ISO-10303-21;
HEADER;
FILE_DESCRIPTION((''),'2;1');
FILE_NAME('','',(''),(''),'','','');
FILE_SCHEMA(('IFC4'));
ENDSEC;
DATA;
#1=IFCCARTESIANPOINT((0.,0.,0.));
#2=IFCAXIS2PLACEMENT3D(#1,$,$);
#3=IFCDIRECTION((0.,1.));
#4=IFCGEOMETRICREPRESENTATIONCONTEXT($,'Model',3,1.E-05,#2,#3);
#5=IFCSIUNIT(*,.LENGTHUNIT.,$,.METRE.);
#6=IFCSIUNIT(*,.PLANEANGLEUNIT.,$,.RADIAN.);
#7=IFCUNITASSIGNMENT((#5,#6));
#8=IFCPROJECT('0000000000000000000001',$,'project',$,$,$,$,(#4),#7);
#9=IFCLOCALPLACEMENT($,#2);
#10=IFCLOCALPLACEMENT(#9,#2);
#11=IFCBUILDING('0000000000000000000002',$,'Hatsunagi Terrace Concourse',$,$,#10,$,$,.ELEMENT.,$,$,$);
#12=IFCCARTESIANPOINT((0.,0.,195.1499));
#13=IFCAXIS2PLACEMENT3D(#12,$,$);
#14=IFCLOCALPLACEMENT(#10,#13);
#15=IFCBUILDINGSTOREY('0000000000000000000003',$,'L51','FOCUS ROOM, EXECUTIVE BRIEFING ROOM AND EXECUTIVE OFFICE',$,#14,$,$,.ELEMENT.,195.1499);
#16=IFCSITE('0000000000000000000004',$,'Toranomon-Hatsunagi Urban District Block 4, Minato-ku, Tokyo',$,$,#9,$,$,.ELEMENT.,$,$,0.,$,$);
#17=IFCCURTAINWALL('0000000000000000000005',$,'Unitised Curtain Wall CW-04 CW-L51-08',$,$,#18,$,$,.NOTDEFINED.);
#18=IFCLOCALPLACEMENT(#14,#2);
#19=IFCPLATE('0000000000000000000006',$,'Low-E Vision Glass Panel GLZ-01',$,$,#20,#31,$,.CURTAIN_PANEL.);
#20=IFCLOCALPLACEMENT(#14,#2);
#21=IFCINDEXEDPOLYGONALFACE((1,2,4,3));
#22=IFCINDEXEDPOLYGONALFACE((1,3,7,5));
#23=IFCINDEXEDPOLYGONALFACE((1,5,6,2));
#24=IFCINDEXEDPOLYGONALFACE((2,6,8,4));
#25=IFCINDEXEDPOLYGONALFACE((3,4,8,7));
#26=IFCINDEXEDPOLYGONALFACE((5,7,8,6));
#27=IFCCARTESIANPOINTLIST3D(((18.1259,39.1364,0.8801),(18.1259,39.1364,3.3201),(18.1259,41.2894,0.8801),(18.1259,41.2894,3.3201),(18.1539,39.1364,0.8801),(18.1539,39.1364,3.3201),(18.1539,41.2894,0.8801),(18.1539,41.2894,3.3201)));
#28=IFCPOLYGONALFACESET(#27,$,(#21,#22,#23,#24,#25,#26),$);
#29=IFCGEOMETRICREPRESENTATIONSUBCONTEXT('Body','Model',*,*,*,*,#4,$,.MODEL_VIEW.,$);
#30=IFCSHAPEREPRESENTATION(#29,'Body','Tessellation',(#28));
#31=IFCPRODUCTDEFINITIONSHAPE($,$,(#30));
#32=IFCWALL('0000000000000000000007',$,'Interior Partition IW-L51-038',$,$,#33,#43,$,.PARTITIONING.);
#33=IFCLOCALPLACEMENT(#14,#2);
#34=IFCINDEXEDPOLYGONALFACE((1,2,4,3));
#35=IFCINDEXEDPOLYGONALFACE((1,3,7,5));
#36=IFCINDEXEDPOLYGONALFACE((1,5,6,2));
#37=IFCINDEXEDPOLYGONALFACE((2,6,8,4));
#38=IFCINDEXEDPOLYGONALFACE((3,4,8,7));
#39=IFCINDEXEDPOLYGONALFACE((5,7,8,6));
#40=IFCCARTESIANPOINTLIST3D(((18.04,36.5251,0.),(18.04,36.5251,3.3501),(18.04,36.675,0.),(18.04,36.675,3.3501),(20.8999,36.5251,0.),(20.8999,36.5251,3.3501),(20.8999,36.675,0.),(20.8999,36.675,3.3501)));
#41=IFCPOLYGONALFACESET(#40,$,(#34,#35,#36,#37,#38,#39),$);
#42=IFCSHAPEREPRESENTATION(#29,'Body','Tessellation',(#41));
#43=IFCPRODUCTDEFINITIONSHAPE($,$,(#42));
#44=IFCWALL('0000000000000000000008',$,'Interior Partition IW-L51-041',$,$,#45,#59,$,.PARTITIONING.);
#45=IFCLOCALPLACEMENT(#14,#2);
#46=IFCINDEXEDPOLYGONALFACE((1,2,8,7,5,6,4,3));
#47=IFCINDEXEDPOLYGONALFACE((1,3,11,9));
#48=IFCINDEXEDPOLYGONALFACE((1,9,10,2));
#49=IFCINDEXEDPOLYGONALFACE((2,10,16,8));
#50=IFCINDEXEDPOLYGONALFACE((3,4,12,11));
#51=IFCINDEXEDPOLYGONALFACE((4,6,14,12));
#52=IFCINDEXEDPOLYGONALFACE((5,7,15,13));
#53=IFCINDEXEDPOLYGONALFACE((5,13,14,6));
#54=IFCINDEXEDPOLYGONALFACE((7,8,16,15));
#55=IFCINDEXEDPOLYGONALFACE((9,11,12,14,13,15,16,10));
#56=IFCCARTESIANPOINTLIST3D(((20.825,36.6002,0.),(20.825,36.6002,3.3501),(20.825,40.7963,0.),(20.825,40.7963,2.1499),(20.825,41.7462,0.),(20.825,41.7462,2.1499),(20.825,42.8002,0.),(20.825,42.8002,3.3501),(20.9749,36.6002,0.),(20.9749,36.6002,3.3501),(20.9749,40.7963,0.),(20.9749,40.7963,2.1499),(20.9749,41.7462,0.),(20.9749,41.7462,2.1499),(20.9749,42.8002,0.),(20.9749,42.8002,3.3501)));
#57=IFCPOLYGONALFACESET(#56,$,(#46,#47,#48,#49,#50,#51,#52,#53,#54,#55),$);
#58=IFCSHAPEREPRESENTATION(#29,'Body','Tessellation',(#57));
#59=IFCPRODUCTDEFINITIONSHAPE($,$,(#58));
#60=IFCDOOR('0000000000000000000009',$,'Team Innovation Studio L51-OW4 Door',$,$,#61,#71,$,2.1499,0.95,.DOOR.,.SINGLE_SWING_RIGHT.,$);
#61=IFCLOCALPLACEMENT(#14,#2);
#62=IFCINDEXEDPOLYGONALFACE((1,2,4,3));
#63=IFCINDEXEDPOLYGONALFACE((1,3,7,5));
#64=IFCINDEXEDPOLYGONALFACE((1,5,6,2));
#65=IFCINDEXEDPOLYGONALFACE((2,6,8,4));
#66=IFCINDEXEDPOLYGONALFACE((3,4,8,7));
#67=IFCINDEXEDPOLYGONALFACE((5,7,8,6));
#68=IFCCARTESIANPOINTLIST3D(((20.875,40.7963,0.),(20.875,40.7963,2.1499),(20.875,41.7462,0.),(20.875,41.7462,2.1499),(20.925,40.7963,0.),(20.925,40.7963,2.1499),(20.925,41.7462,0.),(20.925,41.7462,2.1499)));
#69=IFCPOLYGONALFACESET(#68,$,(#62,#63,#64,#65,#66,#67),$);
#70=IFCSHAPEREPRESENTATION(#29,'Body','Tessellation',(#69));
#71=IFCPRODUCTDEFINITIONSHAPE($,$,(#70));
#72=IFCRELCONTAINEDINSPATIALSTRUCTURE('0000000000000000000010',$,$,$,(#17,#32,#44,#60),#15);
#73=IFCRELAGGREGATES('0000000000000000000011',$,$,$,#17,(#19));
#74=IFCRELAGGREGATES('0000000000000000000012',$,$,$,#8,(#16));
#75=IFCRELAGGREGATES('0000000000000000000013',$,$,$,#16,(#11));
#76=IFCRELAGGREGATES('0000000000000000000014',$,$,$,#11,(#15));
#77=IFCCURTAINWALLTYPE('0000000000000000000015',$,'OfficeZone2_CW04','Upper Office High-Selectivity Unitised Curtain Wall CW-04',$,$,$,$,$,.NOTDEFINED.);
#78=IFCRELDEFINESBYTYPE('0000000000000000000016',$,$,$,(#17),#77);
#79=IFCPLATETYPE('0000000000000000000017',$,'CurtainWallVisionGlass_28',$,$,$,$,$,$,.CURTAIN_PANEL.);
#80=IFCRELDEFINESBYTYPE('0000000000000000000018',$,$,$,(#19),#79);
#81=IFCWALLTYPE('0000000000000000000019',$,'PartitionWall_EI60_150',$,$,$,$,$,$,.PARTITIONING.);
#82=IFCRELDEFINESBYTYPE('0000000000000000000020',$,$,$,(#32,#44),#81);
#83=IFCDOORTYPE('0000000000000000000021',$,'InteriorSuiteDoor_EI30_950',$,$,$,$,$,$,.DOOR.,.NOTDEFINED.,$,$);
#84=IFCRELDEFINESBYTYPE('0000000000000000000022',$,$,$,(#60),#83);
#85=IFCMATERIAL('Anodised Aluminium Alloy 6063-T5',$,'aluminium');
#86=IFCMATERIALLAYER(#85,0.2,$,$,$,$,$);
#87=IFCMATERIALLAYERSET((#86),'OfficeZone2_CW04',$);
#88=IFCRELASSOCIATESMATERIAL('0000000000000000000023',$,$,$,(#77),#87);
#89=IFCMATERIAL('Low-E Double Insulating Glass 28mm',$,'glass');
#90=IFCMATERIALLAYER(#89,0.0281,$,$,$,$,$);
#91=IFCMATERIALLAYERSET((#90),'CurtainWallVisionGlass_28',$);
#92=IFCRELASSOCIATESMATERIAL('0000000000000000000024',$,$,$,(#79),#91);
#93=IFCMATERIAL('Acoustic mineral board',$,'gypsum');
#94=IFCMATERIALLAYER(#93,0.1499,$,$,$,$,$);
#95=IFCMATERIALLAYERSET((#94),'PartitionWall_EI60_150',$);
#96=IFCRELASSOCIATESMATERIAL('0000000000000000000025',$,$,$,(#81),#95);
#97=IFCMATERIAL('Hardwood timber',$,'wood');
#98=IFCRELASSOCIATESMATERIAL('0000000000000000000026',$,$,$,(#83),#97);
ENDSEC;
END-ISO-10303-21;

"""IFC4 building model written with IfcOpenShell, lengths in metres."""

from ifc_helpers import new_model, si_unit, direction, frame, frame_2d, origin, origin_2d, place, context, subcontext, project, spatial, rectangle, extrude, material, layer, layer_set, type_object, element, fill, aggregate, save


model = new_model("IFC4")

# Units and contexts
model_context = context("Model", 3, precision=1e-05, world=origin(), true_north=direction((0.0, 1.0)))
body_context = subcontext(model_context, "Body", "Model", "MODEL_VIEW")
ifc_project = project(units=[si_unit("LENGTHUNIT", "METRE"), si_unit("PLANEANGLEUNIT", "RADIAN")], contexts=[model_context])

# Site, building, storey
site_placement = place(None, origin())
site = spatial("IfcSite", under=ifc_project, at=site_placement, Name="Toranomon-Hatsunagi Urban District Block 4, Minato-ku, Tokyo", CompositionType="ELEMENT", RefElevation=0.0)
building_placement = place(site_placement, origin())
building = spatial("IfcBuilding", under=site, at=building_placement, Name="Hatsunagi Terrace Concourse", CompositionType="ELEMENT")
storey_placement = place(building_placement, frame((0.0, 0.0, 195.1499)))
storey = spatial("IfcBuildingStorey", under=building, at=storey_placement, Name="L51", Description="FOCUS ROOM, EXECUTIVE BRIEFING ROOM AND EXECUTIVE OFFICE", CompositionType="ELEMENT", Elevation=195.1499)

# Curtain wall
ifc_material_1 = material(Name="Anodised Aluminium Alloy 6063-T5", Category="aluminium")
ifc_layer_1 = layer(ifc_material_1, 0.2)
ifc_layer_set_1 = layer_set([ifc_layer_1], Name="OfficeZone2_CW04")
curtain_wall_type = type_object("IfcCurtainWallType", Name="OfficeZone2_CW04", Description="Upper Office High-Selectivity Unitised Curtain Wall CW-04", PredefinedType="NOTDEFINED", material=ifc_layer_set_1)
curtain_wall_placement = place(storey_placement, origin())
curtain_wall = element("IfcCurtainWall", 1, at=curtain_wall_placement, inside=storey, type_object=curtain_wall_type, Name="Unitised Curtain Wall CW-04 CW-L51-08", PredefinedType="NOTDEFINED")

# Plate
ifc_material_2 = material(Name="Low-E Double Insulating Glass 28mm", Category="glass")
ifc_layer_2 = layer(ifc_material_2, 0.0281)
ifc_layer_set_2 = layer_set([ifc_layer_2], Name="CurtainWallVisionGlass_28")
plate_type_1 = type_object("IfcPlateType", Name="CurtainWallVisionGlass_28", PredefinedType="CURTAIN_PANEL", material=ifc_layer_set_2)
plate_1_placement = place(storey_placement, frame((18.1399, 40.2129, 0.8801), z_axis=(0.0, 0.0, 1.0), x_axis=(0.0, 1.0, 0.0)))
plate_1 = element("IfcPlate", 2, at=plate_1_placement, type_object=plate_type_1, Name="Low-E Vision Glass Panel GLZ-01", PredefinedType="CURTAIN_PANEL", context=body_context, shape_type="SweptSolid", body=[
    extrude(rectangle(XDim=2.1531, YDim=0.0281, at=origin_2d()), origin(), (0.0, 0.0, 1.0), 2.4399),
])
aggregate(curtain_wall, [plate_1])

# Wall
ifc_material_3 = material(Name="Acoustic mineral board", Category="gypsum")
ifc_layer_3 = layer(ifc_material_3, 0.1499)
ifc_layer_set_3 = layer_set([ifc_layer_3], Name="PartitionWall_EI60_150")
wall_type = type_object("IfcWallType", Name="PartitionWall_EI60_150", PredefinedType="PARTITIONING", material=ifc_layer_set_3)
wall_1_placement = place(storey_placement, frame((18.04, 36.6001, 0.0), z_axis=(0.0, 0.0, 1.0), x_axis=(1.0, 0.0, 0.0)))
element("IfcWall", 3, at=wall_1_placement, inside=storey, type_object=wall_type, Name="Interior Partition IW-L51-038", PredefinedType="PARTITIONING", context=body_context, shape_type="SweptSolid", body=[
    extrude(rectangle(XDim=2.8599, YDim=0.1499, at=frame_2d((1.4299, 0.0))), origin(), (0.0, 0.0, 1.0), 3.3501),
])

# Wall, opening, door
wall_2_placement = place(storey_placement, frame((20.8999, 36.6001, 0.0), z_axis=(0.0, 0.0, 1.0), x_axis=(0.0, 1.0, 0.0)))
wall_2 = element("IfcWall", 4, at=wall_2_placement, inside=storey, type_object=wall_type, Name="Interior Partition IW-L51-041", PredefinedType="PARTITIONING", context=body_context, shape_type="SweptSolid", body=[
    extrude(rectangle(XDim=6.2, YDim=0.1499, at=frame_2d((3.1001, 0.0))), origin(), (0.0, 0.0, 1.0), 3.3501),
])
opening_placement = place(wall_2_placement, frame((4.196, 0.0, 0.0)))
opening = element("IfcOpeningElement", 5, at=opening_placement, cuts=wall_2, PredefinedType="OPENING", context=body_context, shape_type="SweptSolid", body=[
    extrude(rectangle(XDim=0.95, YDim=2.1499, at=frame_2d((0.4751, 1.075))), frame((0.0, 0.085, 0.0), z_axis=(0.0, -1.0, 0.0), x_axis=(1.0, 0.0, 0.0)), (0.0, 0.0, 1.0), 0.1699),
])
ifc_material_4 = material(Name="Hardwood timber", Category="wood")
door_type = type_object("IfcDoorType", Name="InteriorSuiteDoor_EI30_950", OperationType="NOTDEFINED", PredefinedType="DOOR", material=ifc_material_4)
door_placement = place(opening_placement, origin())
door = element("IfcDoor", 6, at=door_placement, inside=storey, type_object=door_type, Name="Team Innovation Studio L51-OW4 Door", OperationType="SINGLE_SWING_RIGHT", OverallHeight=2.1499, OverallWidth=0.95, PredefinedType="DOOR", context=body_context, shape_type="SweptSolid", body=[
    extrude(rectangle(XDim=0.95, YDim=2.1499, at=frame_2d((0.4751, 1.075))), frame((0.0, 0.0249, 0.0), z_axis=(0.0, -1.0, 0.0), x_axis=(1.0, 0.0, 0.0)), (0.0, 0.0, 1.0), 0.05),
])
fill(opening, door)

save(model, "model.ifc")
